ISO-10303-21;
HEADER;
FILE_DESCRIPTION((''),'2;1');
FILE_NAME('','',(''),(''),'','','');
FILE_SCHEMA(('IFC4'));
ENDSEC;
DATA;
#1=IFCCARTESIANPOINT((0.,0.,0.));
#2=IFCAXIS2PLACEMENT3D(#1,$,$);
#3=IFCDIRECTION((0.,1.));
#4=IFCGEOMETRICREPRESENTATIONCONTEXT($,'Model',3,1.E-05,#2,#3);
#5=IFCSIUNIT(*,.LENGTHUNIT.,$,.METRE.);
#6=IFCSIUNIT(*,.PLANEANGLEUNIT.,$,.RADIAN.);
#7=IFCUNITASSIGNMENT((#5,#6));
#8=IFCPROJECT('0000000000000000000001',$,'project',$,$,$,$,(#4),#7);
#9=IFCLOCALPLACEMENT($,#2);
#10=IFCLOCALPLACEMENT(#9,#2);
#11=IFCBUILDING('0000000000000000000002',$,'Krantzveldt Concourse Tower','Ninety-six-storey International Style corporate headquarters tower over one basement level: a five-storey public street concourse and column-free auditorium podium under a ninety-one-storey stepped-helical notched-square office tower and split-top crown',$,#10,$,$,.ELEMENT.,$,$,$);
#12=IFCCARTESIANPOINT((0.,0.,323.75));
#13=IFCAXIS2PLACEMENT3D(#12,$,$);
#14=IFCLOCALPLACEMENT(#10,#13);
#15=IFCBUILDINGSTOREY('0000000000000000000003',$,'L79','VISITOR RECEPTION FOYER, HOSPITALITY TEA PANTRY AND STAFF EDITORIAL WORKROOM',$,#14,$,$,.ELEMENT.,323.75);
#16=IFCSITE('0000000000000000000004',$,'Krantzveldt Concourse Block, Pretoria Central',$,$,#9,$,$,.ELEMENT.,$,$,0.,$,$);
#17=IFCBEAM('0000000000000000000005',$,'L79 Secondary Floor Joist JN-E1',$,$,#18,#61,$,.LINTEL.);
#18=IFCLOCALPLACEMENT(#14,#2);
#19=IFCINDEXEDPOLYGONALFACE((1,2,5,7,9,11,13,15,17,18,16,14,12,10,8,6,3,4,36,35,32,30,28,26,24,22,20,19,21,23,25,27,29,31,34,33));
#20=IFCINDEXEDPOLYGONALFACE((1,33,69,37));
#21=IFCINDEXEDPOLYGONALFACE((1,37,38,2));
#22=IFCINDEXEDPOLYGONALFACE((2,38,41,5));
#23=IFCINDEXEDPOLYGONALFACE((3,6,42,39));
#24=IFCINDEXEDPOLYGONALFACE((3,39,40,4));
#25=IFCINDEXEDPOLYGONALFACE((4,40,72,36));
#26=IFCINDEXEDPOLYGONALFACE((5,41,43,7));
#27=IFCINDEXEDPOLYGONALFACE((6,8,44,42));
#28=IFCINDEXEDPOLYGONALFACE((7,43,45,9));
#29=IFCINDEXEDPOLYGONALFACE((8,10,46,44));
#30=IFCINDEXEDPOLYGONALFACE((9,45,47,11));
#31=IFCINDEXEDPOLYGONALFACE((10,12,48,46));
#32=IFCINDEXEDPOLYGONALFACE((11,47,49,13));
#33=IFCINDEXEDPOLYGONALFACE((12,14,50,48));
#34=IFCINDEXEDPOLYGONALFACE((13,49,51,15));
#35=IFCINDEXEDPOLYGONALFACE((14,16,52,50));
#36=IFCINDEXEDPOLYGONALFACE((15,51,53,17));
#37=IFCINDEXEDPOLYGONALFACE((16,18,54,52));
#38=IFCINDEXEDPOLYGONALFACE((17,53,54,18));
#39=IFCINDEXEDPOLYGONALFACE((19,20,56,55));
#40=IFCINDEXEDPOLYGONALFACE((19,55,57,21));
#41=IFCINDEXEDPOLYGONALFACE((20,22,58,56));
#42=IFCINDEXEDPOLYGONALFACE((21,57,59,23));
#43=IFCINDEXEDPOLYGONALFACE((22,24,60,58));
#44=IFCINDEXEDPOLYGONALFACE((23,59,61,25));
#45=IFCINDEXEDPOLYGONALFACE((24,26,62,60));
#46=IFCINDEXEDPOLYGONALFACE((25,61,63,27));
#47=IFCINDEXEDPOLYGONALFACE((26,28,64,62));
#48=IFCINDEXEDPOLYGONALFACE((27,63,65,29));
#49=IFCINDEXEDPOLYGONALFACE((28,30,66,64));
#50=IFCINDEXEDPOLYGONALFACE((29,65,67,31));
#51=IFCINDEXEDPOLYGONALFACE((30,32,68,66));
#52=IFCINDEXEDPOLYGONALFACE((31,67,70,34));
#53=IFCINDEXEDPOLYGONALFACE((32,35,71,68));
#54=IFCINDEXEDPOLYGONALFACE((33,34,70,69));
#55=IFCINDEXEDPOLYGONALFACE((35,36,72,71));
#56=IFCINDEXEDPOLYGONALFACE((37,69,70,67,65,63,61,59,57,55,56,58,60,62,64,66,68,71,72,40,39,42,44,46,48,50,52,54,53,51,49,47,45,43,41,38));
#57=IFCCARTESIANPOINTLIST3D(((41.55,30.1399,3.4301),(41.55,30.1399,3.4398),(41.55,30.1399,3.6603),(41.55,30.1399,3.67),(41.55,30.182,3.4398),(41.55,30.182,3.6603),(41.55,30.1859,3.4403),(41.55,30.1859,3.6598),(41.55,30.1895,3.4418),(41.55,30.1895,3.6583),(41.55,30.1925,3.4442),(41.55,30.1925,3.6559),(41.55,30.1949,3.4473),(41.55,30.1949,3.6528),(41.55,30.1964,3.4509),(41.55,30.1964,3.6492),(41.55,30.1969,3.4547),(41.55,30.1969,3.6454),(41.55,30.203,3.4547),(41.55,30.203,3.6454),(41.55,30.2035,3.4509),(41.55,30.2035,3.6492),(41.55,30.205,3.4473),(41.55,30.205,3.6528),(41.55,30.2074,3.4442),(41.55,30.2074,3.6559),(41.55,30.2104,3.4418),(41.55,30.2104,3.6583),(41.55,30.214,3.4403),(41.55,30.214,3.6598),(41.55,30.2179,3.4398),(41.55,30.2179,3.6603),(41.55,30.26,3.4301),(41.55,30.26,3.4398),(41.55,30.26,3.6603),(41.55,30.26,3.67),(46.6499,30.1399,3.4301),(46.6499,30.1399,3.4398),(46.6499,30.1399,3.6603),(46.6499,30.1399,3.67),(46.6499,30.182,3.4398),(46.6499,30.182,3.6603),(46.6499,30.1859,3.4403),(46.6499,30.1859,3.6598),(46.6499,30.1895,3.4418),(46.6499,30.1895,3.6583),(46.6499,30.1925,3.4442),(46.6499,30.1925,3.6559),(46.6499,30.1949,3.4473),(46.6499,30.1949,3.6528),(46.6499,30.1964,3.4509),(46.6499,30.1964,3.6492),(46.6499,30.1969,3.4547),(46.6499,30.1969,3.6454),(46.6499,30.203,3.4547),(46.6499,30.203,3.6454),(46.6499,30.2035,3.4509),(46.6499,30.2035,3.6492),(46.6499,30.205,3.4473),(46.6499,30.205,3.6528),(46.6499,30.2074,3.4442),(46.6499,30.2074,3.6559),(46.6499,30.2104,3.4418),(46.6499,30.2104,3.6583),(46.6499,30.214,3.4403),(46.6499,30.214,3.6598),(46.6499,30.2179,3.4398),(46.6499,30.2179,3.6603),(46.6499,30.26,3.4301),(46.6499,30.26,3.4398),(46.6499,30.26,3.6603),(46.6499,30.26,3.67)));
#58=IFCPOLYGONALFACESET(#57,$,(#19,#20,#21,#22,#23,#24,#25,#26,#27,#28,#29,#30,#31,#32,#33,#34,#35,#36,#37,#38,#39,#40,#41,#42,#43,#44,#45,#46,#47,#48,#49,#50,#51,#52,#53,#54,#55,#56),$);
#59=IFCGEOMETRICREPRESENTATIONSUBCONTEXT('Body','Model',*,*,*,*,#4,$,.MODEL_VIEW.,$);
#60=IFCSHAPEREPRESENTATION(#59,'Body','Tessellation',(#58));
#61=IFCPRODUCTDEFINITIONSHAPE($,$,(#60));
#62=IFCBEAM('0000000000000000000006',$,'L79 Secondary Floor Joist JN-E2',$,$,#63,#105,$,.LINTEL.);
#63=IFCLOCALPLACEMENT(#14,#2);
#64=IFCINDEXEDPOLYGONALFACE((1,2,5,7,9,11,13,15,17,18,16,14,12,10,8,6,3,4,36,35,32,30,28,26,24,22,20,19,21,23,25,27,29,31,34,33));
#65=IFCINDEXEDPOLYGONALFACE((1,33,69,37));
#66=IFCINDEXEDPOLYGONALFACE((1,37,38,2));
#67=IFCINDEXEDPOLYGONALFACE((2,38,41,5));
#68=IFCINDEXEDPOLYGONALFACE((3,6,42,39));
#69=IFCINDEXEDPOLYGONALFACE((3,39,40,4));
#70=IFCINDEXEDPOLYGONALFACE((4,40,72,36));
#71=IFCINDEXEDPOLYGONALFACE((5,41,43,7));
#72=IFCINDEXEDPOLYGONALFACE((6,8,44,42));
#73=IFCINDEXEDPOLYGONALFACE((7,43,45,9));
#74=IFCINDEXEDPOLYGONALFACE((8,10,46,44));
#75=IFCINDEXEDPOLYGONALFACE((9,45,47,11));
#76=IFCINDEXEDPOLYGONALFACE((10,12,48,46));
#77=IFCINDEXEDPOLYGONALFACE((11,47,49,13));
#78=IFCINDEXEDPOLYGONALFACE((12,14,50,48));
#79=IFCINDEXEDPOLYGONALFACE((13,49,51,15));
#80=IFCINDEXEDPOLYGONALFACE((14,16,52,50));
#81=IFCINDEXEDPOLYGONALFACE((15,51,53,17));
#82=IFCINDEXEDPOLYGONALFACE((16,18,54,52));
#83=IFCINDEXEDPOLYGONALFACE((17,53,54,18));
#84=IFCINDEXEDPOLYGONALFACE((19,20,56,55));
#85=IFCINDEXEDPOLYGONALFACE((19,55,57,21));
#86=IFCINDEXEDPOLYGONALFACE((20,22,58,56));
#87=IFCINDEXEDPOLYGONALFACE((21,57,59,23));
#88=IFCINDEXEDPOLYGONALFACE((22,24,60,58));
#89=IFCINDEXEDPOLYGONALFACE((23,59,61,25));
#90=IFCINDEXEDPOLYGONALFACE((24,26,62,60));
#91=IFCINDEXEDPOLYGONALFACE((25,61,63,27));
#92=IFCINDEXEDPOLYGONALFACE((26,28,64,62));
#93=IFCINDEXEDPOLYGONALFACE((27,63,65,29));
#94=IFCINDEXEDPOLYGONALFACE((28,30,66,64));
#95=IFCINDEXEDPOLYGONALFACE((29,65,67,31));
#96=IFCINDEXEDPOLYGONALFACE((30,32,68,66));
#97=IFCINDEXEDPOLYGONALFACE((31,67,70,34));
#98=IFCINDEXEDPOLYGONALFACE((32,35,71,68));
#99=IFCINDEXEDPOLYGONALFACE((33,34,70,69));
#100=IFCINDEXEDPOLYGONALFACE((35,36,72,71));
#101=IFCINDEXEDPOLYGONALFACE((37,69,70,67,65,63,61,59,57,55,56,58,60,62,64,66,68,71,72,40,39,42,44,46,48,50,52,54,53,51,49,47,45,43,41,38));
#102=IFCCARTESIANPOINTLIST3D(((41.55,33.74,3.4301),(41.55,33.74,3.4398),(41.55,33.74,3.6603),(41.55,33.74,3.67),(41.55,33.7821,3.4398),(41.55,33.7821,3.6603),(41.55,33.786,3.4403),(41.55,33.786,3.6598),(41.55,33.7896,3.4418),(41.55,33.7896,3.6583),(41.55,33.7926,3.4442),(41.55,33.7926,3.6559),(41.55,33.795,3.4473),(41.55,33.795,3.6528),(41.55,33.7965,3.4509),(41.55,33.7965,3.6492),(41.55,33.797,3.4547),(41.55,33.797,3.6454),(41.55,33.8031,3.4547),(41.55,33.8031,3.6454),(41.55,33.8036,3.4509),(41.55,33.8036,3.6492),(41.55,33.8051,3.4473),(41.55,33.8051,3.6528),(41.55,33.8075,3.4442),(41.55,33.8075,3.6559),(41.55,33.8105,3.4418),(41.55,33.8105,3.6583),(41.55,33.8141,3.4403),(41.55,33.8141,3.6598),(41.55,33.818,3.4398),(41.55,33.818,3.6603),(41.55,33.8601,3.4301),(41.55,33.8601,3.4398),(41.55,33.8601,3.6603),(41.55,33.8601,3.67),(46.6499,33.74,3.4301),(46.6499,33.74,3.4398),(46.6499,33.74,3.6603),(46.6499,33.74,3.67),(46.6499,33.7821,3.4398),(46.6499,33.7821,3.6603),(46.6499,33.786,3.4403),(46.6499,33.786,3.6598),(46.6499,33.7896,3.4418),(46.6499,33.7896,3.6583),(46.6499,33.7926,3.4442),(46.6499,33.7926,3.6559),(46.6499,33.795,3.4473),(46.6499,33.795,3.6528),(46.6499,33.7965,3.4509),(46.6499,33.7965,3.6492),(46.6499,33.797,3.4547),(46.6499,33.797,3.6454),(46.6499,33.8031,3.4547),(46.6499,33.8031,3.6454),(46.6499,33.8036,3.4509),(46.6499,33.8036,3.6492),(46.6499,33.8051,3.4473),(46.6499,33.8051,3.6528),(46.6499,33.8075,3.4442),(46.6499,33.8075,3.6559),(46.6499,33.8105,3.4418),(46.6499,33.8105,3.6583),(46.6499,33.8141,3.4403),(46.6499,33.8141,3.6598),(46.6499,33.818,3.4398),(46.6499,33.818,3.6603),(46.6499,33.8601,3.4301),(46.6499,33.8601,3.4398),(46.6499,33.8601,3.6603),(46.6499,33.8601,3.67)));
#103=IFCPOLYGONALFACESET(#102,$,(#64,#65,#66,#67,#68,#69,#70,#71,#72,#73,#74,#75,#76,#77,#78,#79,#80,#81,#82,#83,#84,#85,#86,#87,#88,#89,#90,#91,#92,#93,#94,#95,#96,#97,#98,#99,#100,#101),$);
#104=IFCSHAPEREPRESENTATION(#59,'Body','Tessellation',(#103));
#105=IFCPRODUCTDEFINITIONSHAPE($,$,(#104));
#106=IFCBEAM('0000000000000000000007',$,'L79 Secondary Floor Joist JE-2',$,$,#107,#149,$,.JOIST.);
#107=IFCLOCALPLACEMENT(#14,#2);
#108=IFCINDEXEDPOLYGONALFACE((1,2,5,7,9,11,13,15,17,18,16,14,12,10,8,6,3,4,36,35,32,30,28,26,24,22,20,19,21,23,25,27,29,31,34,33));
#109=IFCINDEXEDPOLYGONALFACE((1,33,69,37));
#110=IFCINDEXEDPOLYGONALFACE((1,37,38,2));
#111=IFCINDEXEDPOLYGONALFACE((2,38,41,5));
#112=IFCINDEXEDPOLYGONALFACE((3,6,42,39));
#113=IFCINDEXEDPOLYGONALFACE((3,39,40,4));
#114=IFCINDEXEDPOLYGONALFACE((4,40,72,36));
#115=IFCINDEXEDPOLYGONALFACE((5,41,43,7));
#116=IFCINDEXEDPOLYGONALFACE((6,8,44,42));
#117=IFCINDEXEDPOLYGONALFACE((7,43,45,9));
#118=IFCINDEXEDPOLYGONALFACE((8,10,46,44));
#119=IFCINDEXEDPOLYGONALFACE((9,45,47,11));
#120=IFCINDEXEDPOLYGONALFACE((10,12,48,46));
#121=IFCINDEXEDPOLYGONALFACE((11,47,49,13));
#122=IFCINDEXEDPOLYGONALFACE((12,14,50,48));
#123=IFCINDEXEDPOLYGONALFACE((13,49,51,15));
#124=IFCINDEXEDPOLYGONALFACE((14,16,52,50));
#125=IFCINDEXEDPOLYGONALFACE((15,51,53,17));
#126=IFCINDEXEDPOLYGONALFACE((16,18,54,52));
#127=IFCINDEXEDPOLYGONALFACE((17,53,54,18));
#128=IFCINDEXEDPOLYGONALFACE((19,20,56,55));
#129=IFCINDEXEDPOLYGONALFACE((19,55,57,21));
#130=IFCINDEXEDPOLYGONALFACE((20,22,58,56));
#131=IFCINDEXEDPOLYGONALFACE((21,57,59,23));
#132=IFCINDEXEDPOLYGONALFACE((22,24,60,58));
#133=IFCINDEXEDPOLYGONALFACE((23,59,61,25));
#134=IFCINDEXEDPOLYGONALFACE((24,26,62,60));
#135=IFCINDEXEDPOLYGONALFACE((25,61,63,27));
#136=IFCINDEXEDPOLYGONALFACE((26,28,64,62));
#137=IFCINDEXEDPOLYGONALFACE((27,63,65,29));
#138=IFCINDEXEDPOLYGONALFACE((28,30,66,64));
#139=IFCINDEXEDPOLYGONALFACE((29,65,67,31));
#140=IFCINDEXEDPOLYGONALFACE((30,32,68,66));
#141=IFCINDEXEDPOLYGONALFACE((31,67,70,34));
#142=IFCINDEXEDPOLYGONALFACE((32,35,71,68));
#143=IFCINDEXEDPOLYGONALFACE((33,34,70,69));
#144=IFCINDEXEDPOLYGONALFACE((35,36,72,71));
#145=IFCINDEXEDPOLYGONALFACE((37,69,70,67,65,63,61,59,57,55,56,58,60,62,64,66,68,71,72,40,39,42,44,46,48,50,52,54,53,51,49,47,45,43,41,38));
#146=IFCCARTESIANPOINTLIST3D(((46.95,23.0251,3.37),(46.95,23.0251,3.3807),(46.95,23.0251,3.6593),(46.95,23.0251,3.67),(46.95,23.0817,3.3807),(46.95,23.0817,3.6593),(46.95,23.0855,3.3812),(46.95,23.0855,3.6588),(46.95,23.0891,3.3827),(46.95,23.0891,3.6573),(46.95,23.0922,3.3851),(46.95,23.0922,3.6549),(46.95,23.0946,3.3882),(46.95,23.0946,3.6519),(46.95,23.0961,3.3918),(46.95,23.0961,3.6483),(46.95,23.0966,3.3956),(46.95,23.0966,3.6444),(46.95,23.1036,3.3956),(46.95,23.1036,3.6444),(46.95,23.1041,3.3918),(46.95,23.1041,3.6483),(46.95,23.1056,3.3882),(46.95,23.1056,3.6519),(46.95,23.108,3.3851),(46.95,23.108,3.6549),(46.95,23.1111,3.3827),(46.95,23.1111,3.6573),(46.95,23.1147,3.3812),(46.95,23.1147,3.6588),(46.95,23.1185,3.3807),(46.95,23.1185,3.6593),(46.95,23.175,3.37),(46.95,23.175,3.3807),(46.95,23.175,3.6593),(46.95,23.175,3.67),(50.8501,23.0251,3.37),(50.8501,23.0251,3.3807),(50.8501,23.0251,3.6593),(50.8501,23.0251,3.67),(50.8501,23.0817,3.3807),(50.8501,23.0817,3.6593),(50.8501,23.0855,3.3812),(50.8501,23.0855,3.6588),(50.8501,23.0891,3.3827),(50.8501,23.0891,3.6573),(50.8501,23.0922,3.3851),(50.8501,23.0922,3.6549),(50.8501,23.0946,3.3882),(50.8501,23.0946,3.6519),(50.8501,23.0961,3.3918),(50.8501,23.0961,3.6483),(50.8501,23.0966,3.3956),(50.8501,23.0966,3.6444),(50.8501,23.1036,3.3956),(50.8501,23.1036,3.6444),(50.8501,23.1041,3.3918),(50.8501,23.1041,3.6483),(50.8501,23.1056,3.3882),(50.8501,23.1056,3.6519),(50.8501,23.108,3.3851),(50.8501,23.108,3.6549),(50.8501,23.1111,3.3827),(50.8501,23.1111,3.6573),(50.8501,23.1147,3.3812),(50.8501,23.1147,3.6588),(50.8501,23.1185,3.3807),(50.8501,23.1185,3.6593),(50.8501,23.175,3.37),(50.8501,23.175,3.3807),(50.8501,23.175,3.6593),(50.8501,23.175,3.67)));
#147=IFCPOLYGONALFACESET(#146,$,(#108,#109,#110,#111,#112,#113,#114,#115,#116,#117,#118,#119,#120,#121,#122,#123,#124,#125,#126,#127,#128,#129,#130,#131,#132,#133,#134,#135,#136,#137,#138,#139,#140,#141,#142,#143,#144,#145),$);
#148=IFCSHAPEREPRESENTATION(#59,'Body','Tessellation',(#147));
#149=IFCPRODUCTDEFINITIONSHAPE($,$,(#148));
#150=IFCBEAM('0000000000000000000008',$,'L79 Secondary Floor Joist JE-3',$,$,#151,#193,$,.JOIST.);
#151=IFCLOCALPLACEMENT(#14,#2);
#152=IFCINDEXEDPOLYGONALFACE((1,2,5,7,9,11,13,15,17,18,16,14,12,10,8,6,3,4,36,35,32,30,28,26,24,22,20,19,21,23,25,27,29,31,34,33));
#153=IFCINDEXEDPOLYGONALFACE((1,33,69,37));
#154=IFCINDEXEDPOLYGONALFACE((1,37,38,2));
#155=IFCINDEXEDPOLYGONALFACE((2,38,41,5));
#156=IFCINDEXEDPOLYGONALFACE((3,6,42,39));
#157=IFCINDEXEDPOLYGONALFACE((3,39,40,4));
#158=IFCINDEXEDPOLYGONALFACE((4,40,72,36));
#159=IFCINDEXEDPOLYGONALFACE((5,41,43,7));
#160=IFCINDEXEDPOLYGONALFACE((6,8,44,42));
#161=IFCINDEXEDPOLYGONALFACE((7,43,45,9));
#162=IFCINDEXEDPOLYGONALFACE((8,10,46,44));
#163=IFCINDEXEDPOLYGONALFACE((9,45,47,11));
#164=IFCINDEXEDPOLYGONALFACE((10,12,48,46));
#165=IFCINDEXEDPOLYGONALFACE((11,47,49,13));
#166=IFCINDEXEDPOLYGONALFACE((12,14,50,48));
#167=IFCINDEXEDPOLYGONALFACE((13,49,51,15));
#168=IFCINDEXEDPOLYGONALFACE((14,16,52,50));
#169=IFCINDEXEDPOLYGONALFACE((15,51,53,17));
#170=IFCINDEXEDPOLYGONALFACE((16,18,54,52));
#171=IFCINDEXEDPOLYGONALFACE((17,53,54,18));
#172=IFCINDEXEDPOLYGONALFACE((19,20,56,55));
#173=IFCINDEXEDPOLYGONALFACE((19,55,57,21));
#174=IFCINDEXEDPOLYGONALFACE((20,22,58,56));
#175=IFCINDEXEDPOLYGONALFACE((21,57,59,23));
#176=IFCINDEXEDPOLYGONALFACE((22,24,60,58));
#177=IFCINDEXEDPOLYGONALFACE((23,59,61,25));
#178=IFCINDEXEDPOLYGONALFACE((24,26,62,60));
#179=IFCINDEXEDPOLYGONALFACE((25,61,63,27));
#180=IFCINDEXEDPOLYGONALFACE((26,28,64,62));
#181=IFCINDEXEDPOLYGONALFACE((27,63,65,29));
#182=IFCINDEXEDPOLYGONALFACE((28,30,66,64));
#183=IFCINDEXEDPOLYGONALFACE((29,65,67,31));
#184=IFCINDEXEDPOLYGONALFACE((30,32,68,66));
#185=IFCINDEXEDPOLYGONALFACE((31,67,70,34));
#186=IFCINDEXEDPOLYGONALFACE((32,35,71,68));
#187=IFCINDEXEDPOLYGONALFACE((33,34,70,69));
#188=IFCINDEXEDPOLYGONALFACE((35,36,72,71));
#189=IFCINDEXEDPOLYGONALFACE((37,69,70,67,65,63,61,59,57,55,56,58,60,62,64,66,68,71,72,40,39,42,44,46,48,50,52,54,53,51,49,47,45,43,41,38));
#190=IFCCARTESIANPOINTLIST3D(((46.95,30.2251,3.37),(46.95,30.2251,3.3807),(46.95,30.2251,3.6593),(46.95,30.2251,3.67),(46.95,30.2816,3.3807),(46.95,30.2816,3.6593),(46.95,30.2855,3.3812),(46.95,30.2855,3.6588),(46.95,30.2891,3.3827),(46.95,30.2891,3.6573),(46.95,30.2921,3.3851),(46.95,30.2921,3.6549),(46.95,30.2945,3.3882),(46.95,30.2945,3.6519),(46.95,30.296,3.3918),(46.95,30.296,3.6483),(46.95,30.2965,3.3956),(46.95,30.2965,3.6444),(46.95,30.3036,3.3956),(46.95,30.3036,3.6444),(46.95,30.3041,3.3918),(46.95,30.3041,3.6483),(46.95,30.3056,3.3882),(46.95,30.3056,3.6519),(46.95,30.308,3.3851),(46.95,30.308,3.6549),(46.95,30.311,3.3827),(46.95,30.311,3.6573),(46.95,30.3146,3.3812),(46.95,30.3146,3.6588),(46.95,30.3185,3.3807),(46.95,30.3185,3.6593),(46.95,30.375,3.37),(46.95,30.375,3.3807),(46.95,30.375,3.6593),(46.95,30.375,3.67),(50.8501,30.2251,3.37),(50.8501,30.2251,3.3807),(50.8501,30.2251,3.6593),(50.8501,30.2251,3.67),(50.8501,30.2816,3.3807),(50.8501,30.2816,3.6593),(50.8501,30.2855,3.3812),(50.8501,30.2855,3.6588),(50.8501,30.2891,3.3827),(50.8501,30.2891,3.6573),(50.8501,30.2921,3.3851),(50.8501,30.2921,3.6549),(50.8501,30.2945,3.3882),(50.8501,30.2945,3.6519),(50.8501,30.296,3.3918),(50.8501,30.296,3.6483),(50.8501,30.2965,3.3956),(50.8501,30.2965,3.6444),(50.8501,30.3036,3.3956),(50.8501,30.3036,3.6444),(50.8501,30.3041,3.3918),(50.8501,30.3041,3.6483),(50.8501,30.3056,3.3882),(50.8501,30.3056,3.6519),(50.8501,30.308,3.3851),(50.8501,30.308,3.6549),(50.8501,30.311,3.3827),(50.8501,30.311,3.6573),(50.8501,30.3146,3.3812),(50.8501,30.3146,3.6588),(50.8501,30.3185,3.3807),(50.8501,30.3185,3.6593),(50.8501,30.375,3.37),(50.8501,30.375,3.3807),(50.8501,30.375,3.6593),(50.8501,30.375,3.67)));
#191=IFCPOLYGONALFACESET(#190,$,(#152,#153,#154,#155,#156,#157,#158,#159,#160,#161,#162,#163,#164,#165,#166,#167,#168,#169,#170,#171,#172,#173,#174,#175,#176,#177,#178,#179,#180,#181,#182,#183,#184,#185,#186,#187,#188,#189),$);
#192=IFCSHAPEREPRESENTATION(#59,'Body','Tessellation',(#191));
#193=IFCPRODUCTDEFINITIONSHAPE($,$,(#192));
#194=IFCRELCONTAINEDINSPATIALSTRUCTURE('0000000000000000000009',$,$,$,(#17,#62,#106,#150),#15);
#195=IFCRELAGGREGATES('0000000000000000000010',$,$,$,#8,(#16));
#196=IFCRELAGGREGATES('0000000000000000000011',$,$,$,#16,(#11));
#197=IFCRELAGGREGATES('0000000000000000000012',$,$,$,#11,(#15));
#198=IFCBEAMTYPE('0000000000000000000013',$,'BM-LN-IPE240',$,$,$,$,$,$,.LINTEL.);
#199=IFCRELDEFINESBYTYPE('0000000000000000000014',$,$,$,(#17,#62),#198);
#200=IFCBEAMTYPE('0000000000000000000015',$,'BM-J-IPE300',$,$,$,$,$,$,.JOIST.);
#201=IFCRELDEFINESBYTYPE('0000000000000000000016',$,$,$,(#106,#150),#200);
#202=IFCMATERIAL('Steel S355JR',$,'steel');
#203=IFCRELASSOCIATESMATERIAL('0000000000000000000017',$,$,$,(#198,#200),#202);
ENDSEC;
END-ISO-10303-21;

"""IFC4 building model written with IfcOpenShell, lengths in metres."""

from ifc_helpers import new_model, si_unit, direction, frame, origin, origin_2d, place, context, subcontext, project, spatial, i_section, extrude, source, transform, mapped, material, material_profile, profile_set, type_object, type_shapes, element, save


model = new_model("IFC4")

# Units and contexts
model_context = context("Model", 3, precision=1e-05, world=origin(), true_north=direction((0.0, 1.0)))
body_context = subcontext(model_context, "Body", "Model", "MODEL_VIEW")
ifc_project = project(units=[si_unit("LENGTHUNIT", "METRE"), si_unit("PLANEANGLEUNIT", "RADIAN")], contexts=[model_context])

# Site, building, storey
site_placement = place(None, origin())
site = spatial("IfcSite", under=ifc_project, at=site_placement, Name="Krantzveldt Concourse Block, Pretoria Central", CompositionType="ELEMENT", RefElevation=0.0)
building_placement = place(site_placement, origin())
building = spatial("IfcBuilding", under=site, at=building_placement, Name="Krantzveldt Concourse Tower", Description="Ninety-six-storey International Style corporate headquarters tower over one basement level: a five-storey public street concourse and column-free auditorium podium under a ninety-one-storey stepped-helical notched-square office tower and split-top crown", CompositionType="ELEMENT")
storey_placement = place(building_placement, frame((0.0, 0.0, 323.75)))
storey = spatial("IfcBuildingStorey", under=building, at=storey_placement, Name="L79", Description="VISITOR RECEPTION FOYER, HOSPITALITY TEA PANTRY AND STAFF EDITORIAL WORKROOM", CompositionType="ELEMENT", Elevation=323.75)

# Beams
ifc_material_1 = material(Name="Steel S355JR", Category="steel")
ifc_material_profile_1 = material_profile(ifc_material_1, i_section(OverallWidth=0.1201, OverallDepth=0.24, WebThickness=0.0061, FlangeThickness=0.0098, FilletRadius=0.0149, at=origin_2d()), Name="Steel S355JR", Category="steel")
ifc_profile_set_1 = profile_set([ifc_material_profile_1], Name="Steel S355JR - IPE 240")
beam_type_1 = type_object("IfcBeamType", Name="BM-LN-IPE240", PredefinedType="LINTEL", material=ifc_profile_set_1)
shared_shape_1 = source(origin(), body_context, "Body", "SweptSolid", [
    extrude(i_section(OverallWidth=0.1201, OverallDepth=0.24, WebThickness=0.0061, FlangeThickness=0.0098, FilletRadius=0.0149, at=origin_2d()), origin(), (0.0, 0.0, 1.0), 5.0999),
])
type_shapes(beam_type_1, [shared_shape_1])
for number, where, z_axis, x_axis, name in (
    (1, (41.55, 30.2, 3.55), (1.0, 0.0, 0.0), (0.0, 1.0, 0.0), "L79 Secondary Floor Joist JN-E1"),
    (2, (41.55, 33.8, 3.55), (1.0, 0.0, 0.0), (0.0, 1.0, 0.0), "L79 Secondary Floor Joist JN-E2"),
):
    element("IfcBeam", number, at=place(storey_placement, frame(where, z_axis=z_axis, x_axis=x_axis)), inside=storey, type_object=beam_type_1, Name=name, PredefinedType="LINTEL", context=body_context, shape_type="MappedRepresentation", body=[
        mapped(shared_shape_1, transform((0.0, 0.0, 0.0), x_axis=(1.0, 0.0, 0.0), y_axis=(0.0, 1.0, 0.0), z_axis=(0.0, 0.0, 1.0), scale=1.0)),
    ])
ifc_material_profile_2 = material_profile(ifc_material_1, i_section(OverallWidth=0.1499, OverallDepth=0.3, WebThickness=0.0071, FlangeThickness=0.0107, FilletRadius=0.0149, at=origin_2d()), Name="Steel S355JR", Category="steel")
ifc_profile_set_2 = profile_set([ifc_material_profile_2], Name="Steel S355JR - IPE 300")
beam_type_2 = type_object("IfcBeamType", Name="BM-J-IPE300", PredefinedType="JOIST", material=ifc_profile_set_2)
shared_shape_2 = source(origin(), body_context, "Body", "SweptSolid", [
    extrude(i_section(OverallWidth=0.1499, OverallDepth=0.3, WebThickness=0.0071, FlangeThickness=0.0107, FilletRadius=0.0149, at=origin_2d()), origin(), (0.0, 0.0, 1.0), 3.9001),
])
type_shapes(beam_type_2, [shared_shape_2])
for number, where, z_axis, x_axis, name in (
    (3, (46.95, 23.1001, 3.52), (1.0, 0.0, 0.0), (0.0, 1.0, 0.0), "L79 Secondary Floor Joist JE-2"),
    (4, (46.95, 30.3, 3.52), (1.0, 0.0, 0.0), (0.0, 1.0, 0.0), "L79 Secondary Floor Joist JE-3"),
):
    element("IfcBeam", number, at=place(storey_placement, frame(where, z_axis=z_axis, x_axis=x_axis)), inside=storey, type_object=beam_type_2, Name=name, PredefinedType="JOIST", context=body_context, shape_type="MappedRepresentation", body=[
        mapped(shared_shape_2, transform((0.0, 0.0, 0.0), x_axis=(1.0, 0.0, 0.0), y_axis=(0.0, 1.0, 0.0), z_axis=(0.0, 0.0, 1.0), scale=1.0)),
    ])

save(model, "model.ifc")
